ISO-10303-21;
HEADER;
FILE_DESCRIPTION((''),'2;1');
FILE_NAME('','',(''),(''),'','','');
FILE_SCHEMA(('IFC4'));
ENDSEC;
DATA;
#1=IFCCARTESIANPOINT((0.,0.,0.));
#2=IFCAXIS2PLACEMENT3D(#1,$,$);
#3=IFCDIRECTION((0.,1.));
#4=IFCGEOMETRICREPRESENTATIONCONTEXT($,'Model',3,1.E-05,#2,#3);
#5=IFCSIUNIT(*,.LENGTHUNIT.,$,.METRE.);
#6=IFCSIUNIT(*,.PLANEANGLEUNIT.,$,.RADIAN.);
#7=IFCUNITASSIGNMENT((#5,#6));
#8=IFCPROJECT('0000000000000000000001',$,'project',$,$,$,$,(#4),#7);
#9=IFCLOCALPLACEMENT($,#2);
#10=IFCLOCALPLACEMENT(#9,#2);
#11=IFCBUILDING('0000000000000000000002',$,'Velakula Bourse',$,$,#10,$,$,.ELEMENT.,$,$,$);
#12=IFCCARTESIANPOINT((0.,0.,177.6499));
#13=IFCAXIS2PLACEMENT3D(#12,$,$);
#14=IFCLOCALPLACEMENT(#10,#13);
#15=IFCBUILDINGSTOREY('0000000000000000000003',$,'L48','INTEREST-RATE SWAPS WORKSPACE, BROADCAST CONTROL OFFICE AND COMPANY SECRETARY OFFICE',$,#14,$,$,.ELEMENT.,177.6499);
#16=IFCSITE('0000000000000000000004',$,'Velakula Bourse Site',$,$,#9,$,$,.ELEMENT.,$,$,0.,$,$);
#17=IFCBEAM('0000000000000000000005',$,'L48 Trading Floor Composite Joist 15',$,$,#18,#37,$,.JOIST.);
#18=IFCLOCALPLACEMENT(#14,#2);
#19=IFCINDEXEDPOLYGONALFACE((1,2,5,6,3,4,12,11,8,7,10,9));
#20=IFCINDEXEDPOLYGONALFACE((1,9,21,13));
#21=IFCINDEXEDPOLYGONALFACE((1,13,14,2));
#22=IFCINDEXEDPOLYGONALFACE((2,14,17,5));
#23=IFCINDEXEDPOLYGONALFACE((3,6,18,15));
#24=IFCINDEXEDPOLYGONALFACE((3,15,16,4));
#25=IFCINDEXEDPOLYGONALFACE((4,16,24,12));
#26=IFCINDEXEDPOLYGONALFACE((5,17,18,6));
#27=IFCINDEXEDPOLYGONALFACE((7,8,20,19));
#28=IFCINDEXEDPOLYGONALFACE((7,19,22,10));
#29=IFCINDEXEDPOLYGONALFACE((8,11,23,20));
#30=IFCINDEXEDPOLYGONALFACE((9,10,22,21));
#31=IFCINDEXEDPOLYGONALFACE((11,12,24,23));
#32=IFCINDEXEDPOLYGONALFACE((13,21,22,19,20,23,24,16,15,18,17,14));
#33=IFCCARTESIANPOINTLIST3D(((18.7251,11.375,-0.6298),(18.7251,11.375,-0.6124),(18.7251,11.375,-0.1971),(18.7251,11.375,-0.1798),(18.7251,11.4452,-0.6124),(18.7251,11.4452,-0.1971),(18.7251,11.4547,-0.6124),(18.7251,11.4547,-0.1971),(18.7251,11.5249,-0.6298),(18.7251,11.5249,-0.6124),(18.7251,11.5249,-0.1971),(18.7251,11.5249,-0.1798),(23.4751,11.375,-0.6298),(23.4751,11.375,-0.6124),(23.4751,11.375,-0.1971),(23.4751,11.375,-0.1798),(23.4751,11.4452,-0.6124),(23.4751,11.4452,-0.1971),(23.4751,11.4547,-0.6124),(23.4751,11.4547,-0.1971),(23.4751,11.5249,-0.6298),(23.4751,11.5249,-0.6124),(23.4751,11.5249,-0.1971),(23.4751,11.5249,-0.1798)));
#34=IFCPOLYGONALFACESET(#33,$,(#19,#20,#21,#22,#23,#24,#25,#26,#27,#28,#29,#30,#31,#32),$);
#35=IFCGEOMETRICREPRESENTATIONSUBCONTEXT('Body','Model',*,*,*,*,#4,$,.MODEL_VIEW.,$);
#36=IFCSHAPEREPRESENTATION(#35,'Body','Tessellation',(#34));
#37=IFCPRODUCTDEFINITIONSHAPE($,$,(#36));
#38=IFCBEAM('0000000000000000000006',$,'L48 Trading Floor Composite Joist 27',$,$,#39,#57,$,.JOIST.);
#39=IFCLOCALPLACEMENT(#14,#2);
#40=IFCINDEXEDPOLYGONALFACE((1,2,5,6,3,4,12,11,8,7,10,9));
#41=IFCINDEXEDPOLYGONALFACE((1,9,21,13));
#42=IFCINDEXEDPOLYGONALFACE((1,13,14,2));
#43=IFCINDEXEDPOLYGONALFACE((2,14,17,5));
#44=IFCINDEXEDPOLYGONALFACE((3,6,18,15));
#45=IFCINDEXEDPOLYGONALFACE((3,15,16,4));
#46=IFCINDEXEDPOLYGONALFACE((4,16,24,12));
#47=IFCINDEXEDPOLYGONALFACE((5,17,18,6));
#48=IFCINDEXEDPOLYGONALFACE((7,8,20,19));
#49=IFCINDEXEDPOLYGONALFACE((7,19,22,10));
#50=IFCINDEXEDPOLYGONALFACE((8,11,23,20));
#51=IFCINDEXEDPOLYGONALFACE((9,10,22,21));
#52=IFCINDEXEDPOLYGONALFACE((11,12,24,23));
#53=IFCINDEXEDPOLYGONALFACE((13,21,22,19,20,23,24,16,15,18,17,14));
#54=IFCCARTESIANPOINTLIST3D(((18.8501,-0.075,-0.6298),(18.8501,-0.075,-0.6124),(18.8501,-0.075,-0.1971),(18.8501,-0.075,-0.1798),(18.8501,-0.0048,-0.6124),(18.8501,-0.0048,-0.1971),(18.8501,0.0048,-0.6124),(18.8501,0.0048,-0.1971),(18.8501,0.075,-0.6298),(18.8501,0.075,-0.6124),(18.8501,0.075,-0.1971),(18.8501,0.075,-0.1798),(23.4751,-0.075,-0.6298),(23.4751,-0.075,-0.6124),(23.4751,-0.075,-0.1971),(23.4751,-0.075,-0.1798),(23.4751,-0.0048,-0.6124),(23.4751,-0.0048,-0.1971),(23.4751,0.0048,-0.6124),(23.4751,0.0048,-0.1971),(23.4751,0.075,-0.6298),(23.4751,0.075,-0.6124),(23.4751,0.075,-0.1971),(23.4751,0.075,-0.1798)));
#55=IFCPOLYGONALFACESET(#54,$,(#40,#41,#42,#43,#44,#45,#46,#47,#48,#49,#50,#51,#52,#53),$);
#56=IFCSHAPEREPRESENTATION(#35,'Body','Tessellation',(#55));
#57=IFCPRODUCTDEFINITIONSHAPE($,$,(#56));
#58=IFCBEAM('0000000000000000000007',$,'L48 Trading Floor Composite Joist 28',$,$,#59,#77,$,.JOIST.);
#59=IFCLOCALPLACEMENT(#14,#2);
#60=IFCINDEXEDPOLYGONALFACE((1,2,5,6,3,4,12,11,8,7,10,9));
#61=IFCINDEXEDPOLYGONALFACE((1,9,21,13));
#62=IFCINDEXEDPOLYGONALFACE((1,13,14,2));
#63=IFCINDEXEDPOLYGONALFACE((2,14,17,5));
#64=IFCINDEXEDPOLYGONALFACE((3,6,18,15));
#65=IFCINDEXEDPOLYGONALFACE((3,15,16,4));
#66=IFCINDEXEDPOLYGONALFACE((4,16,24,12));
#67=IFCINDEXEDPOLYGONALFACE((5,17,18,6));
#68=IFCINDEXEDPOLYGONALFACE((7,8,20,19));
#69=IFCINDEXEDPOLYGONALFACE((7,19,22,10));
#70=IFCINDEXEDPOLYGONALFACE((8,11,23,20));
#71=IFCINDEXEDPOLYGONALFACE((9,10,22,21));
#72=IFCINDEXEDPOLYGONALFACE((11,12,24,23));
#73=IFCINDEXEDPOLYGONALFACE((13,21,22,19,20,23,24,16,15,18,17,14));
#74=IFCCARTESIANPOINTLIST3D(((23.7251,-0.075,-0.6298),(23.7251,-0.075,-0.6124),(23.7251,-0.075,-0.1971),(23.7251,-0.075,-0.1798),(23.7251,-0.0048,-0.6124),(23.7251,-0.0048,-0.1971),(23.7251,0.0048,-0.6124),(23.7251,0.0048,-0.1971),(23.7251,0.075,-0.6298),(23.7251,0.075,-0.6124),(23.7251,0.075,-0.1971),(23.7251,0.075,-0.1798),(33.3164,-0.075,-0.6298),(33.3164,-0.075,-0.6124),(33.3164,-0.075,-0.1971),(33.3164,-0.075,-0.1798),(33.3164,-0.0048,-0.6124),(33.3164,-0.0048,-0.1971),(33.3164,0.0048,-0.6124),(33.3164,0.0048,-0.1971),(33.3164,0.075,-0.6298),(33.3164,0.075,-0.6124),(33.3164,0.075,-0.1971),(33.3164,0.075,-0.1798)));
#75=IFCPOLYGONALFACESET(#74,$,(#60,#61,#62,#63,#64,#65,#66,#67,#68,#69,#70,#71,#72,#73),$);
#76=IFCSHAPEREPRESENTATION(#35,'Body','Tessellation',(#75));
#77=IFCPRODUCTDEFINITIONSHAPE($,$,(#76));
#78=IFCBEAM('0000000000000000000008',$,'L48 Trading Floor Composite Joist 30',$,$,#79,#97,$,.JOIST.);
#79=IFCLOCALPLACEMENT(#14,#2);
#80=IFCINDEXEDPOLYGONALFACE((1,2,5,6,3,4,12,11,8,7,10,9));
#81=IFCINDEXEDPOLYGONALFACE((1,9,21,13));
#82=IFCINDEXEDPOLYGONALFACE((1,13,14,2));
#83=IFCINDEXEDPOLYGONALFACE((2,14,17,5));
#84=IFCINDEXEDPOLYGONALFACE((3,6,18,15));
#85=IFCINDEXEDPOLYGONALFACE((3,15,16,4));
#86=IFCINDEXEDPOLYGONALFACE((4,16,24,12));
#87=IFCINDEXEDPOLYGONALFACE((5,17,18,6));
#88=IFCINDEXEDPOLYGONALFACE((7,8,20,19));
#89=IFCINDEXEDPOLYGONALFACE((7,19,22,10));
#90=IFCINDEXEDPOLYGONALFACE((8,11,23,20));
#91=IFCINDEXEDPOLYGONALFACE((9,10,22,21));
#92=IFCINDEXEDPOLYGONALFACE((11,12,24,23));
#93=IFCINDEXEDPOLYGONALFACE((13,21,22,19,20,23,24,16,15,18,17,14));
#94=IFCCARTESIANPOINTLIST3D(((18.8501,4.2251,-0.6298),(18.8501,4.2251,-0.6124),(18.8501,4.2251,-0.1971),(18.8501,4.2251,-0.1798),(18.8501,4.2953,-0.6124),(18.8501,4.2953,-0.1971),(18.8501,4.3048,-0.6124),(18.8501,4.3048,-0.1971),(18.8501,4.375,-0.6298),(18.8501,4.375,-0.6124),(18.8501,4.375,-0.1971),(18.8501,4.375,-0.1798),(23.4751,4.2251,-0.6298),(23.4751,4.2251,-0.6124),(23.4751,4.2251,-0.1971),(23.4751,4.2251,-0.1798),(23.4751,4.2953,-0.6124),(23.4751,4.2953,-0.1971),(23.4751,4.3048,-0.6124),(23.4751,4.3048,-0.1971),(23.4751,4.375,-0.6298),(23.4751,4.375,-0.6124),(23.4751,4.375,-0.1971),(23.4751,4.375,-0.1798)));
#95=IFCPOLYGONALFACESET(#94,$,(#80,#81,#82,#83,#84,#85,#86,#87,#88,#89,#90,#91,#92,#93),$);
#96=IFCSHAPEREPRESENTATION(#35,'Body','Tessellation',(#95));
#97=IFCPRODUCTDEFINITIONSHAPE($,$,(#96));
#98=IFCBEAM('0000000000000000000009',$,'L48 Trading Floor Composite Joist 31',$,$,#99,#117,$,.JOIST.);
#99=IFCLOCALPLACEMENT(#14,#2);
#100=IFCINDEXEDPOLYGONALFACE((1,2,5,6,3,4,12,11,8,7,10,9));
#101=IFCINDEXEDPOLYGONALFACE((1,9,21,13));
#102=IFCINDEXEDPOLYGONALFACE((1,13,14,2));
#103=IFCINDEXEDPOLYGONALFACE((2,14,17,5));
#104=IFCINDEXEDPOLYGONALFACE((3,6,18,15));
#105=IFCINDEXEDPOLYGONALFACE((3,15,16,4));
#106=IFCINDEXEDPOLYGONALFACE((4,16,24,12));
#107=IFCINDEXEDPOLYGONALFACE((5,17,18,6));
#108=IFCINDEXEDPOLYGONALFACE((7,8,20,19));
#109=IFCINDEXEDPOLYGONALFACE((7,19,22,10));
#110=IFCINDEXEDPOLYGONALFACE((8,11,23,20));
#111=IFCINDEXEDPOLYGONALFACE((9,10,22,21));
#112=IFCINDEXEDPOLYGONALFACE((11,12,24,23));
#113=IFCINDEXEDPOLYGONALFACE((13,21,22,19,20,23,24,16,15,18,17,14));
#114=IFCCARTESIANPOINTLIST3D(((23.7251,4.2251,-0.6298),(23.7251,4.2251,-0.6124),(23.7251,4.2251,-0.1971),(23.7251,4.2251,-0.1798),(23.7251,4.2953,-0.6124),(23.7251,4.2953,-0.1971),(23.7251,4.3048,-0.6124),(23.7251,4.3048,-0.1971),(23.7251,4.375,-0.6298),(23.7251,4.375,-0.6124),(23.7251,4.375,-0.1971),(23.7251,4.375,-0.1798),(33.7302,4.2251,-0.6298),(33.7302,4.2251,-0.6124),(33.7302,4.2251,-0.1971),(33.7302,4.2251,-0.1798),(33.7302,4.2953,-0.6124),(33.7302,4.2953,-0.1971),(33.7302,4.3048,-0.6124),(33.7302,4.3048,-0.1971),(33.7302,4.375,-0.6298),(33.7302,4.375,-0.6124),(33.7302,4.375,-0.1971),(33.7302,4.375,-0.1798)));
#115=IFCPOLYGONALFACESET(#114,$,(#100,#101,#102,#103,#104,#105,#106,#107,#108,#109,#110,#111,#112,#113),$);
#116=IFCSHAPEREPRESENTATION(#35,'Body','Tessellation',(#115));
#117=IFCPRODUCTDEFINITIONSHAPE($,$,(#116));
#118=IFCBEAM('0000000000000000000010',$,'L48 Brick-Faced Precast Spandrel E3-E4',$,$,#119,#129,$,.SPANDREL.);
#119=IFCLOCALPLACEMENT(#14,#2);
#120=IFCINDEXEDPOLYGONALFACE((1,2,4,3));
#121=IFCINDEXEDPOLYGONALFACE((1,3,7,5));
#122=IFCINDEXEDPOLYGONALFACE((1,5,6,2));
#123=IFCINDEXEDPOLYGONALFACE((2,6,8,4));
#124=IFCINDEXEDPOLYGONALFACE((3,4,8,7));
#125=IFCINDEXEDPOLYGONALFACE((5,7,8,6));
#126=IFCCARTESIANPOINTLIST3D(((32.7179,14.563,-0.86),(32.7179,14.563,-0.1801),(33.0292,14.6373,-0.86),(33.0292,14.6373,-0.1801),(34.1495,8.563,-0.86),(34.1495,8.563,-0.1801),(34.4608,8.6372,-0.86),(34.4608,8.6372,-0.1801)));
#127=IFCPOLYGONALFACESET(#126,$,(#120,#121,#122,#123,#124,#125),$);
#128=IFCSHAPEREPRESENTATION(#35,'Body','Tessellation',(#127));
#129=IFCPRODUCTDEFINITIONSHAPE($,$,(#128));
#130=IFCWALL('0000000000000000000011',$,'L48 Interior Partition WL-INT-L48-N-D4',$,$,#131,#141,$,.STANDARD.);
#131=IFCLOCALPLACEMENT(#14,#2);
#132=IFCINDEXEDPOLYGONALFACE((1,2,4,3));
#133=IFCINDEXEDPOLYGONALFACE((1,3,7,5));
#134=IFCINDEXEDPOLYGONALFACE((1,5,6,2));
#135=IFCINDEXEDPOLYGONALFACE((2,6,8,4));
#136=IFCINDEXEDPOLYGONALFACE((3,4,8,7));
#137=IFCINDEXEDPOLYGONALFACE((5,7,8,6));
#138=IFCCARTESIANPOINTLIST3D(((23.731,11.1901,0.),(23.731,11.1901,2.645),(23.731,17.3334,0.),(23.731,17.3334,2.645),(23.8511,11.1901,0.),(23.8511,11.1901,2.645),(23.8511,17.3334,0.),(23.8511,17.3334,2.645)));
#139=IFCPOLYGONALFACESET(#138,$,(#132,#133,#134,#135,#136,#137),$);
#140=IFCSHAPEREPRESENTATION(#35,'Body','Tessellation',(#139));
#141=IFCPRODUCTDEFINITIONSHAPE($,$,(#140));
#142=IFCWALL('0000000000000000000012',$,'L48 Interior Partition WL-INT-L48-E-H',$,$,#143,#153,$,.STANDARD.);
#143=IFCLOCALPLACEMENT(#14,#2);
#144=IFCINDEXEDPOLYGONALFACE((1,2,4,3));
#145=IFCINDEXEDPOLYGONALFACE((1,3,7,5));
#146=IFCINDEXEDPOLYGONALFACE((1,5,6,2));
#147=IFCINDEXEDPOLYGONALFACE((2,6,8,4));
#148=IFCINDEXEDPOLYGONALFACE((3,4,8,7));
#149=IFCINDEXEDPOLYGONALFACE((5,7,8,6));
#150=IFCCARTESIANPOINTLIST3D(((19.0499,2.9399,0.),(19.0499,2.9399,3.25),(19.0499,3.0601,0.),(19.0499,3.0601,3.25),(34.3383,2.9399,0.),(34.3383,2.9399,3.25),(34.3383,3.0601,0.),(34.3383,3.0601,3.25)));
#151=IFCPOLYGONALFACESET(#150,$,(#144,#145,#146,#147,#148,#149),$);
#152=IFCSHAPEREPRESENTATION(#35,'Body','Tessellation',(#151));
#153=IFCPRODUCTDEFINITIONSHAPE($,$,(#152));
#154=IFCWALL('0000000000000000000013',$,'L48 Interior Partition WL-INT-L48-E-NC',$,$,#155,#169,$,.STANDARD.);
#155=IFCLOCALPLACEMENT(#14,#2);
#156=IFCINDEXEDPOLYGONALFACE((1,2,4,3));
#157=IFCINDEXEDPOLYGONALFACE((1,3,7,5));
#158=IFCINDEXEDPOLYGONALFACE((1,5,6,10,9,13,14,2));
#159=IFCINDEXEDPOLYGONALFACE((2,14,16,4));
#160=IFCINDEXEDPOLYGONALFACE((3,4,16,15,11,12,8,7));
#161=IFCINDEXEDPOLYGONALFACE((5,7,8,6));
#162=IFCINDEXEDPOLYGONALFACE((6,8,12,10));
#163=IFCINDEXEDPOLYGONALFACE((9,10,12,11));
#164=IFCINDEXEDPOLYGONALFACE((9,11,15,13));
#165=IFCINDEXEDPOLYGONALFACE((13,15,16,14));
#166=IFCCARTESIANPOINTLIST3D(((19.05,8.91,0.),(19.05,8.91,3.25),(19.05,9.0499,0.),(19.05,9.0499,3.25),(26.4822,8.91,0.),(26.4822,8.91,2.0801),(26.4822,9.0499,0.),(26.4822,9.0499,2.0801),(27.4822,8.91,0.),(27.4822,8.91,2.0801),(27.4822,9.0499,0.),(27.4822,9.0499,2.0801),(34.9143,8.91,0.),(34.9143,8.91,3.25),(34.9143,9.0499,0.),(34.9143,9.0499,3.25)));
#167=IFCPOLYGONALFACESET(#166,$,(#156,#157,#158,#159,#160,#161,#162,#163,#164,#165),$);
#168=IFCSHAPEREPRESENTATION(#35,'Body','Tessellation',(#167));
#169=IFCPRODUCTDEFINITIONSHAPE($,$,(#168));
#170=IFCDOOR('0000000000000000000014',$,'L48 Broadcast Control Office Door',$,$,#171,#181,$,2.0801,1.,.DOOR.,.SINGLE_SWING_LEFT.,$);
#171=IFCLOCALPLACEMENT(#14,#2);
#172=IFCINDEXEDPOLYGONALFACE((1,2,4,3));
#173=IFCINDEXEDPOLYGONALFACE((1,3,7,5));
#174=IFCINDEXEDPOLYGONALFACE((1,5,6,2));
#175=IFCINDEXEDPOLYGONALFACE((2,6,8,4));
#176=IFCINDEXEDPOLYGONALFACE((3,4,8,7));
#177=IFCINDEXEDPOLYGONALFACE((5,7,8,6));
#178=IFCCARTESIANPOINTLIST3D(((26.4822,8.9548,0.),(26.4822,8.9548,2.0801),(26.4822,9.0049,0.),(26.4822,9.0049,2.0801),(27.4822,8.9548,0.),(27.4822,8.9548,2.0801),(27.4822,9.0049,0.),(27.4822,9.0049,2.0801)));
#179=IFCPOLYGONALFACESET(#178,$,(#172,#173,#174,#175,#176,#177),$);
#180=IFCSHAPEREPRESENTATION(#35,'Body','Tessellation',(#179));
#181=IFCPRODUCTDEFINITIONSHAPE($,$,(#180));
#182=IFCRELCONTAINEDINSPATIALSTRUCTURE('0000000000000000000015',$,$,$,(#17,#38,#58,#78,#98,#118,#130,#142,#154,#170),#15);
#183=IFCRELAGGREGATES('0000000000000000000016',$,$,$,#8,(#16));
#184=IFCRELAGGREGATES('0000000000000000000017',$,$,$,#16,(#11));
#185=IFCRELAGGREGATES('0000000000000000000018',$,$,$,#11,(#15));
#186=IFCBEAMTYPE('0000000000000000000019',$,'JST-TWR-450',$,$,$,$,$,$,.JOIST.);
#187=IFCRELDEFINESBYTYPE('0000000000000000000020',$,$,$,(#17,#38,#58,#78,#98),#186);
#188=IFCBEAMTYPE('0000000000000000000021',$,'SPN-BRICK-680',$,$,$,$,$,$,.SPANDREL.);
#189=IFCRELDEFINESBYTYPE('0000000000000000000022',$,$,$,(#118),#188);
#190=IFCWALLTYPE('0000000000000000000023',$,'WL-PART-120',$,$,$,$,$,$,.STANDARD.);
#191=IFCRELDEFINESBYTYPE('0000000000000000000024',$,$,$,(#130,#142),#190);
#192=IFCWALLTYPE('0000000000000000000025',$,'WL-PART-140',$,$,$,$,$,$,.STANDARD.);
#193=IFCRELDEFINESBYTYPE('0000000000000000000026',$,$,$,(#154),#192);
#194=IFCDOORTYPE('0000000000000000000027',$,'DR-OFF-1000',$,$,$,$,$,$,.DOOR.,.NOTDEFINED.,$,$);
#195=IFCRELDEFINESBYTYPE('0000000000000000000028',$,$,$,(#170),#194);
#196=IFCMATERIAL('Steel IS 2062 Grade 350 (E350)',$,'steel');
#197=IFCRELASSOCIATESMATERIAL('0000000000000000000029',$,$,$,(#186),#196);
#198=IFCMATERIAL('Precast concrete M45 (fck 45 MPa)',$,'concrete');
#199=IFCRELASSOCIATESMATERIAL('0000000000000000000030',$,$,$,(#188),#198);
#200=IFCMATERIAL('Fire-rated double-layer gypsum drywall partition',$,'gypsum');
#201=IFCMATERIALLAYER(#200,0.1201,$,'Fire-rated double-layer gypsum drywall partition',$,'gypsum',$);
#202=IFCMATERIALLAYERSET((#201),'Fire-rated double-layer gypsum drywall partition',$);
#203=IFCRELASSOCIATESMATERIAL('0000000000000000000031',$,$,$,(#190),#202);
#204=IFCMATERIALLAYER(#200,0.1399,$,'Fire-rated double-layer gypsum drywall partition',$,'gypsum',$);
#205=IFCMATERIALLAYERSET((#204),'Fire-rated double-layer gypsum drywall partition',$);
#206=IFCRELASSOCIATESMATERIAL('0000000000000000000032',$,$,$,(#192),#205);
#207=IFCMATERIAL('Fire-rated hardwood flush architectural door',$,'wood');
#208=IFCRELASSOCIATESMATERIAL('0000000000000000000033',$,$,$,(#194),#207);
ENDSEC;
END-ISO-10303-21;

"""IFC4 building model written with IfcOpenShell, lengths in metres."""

from ifc_helpers import new_model, si_unit, direction, frame, frame_2d, origin, origin_2d, place, context, subcontext, project, spatial, rectangle, i_section, extrude, material, layer, layer_set, material_profile, profile_set, type_object, element, fill, save


model = new_model("IFC4")

# Units and contexts
model_context = context("Model", 3, precision=1e-05, world=origin(), true_north=direction((0.0, 1.0)))
body_context = subcontext(model_context, "Body", "Model", "MODEL_VIEW")
ifc_project = project(units=[si_unit("LENGTHUNIT", "METRE"), si_unit("PLANEANGLEUNIT", "RADIAN")], contexts=[model_context])

# Site, building, storey
site_placement = place(None, origin())
site = spatial("IfcSite", under=ifc_project, at=site_placement, Name="Velakula Bourse Site", CompositionType="ELEMENT", RefElevation=0.0)
building_placement = place(site_placement, origin())
building = spatial("IfcBuilding", under=site, at=building_placement, Name="Velakula Bourse", CompositionType="ELEMENT")
storey_placement = place(building_placement, frame((0.0, 0.0, 177.6499)))
storey = spatial("IfcBuildingStorey", under=building, at=storey_placement, Name="L48", Description="INTEREST-RATE SWAPS WORKSPACE, BROADCAST CONTROL OFFICE AND COMPANY SECRETARY OFFICE", CompositionType="ELEMENT", Elevation=177.6499)

# Shared definitions
ifc_material_1 = material(Name="Steel IS 2062 Grade 350 (E350)", Category="steel")

# Beams
ifc_material_profile_1 = material_profile(ifc_material_1, i_section(OverallWidth=0.1499, OverallDepth=0.45, WebThickness=0.0095, FlangeThickness=0.0173, at=origin_2d()), Name="Steel IS 2062 Grade 350 (E350)")
ifc_profile_set_1 = profile_set([ifc_material_profile_1], Name="Steel IS 2062 Grade 350 (E350)")
beam_type_1 = type_object("IfcBeamType", Name="JST-TWR-450", PredefinedType="JOIST", material=ifc_profile_set_1)
beam_1_placement = place(storey_placement, frame((18.7251, 11.45, -0.4048), z_axis=(1.0, 0.0, 0.0), x_axis=(0.0, 1.0, 0.0)))
element("IfcBeam", 1, at=beam_1_placement, inside=storey, type_object=beam_type_1, Name="L48 Trading Floor Composite Joist 15", PredefinedType="JOIST", context=body_context, shape_type="SweptSolid", body=[
    extrude(i_section(OverallWidth=0.1499, OverallDepth=0.45, WebThickness=0.0095, FlangeThickness=0.0173, at=origin_2d()), origin(), (0.0, 0.0, 1.0), 4.75),
])
beam_2_placement = place(storey_placement, frame((18.8501, 0.0, -0.4048), z_axis=(1.0, 0.0, 0.0), x_axis=(0.0, 1.0, 0.0)))
element("IfcBeam", 2, at=beam_2_placement, inside=storey, type_object=beam_type_1, Name="L48 Trading Floor Composite Joist 27", PredefinedType="JOIST", context=body_context, shape_type="SweptSolid", body=[
    extrude(i_section(OverallWidth=0.1499, OverallDepth=0.45, WebThickness=0.0095, FlangeThickness=0.0173, at=origin_2d()), origin(), (0.0, 0.0, 1.0), 4.625),
])
beam_3_placement = place(storey_placement, frame((23.7251, 0.0, -0.4048), z_axis=(1.0, 0.0, 0.0), x_axis=(0.0, 1.0, 0.0)))
element("IfcBeam", 3, at=beam_3_placement, inside=storey, type_object=beam_type_1, Name="L48 Trading Floor Composite Joist 28", PredefinedType="JOIST", context=body_context, shape_type="SweptSolid", body=[
    extrude(i_section(OverallWidth=0.1499, OverallDepth=0.45, WebThickness=0.0095, FlangeThickness=0.0173, at=origin_2d()), origin(), (0.0, 0.0, 1.0), 9.5913),
])
beam_4_placement = place(storey_placement, frame((18.8501, 4.3, -0.4048), z_axis=(1.0, 0.0, 0.0), x_axis=(0.0, 1.0, 0.0)))
element("IfcBeam", 4, at=beam_4_placement, inside=storey, type_object=beam_type_1, Name="L48 Trading Floor Composite Joist 30", PredefinedType="JOIST", context=body_context, shape_type="SweptSolid", body=[
    extrude(i_section(OverallWidth=0.1499, OverallDepth=0.45, WebThickness=0.0095, FlangeThickness=0.0173, at=origin_2d()), origin(), (0.0, 0.0, 1.0), 4.625),
])
beam_5_placement = place(storey_placement, frame((23.7251, 4.3, -0.4048), z_axis=(1.0, 0.0, 0.0), x_axis=(0.0, 1.0, 0.0)))
element("IfcBeam", 5, at=beam_5_placement, inside=storey, type_object=beam_type_1, Name="L48 Trading Floor Composite Joist 31", PredefinedType="JOIST", context=body_context, shape_type="SweptSolid", body=[
    extrude(i_section(OverallWidth=0.1499, OverallDepth=0.45, WebThickness=0.0095, FlangeThickness=0.0173, at=origin_2d()), origin(), (0.0, 0.0, 1.0), 10.0051),
])
ifc_material_2 = material(Name="Precast concrete M45 (fck 45 MPa)", Category="concrete")
ifc_material_profile_2 = material_profile(ifc_material_2, rectangle(XDim=0.3201, YDim=0.6799, at=origin_2d()), Name="Precast concrete M45 (fck 45 MPa)")
ifc_profile_set_2 = profile_set([ifc_material_profile_2], Name="Precast concrete M45 (fck 45 MPa)")
beam_type_2 = type_object("IfcBeamType", Name="SPN-BRICK-680", PredefinedType="SPANDREL", material=ifc_profile_set_2)
beam_6_placement = place(storey_placement, frame((34.3052, 8.6001, -0.52), z_axis=(-0.232091, 0.972694, 0.0), x_axis=(-0.972694, -0.232091, 0.0)))
element("IfcBeam", 6, at=beam_6_placement, inside=storey, type_object=beam_type_2, Name="L48 Brick-Faced Precast Spandrel E3-E4", PredefinedType="SPANDREL", context=body_context, shape_type="SweptSolid", body=[
    extrude(rectangle(XDim=0.3201, YDim=0.6799, at=origin_2d()), origin(), (0.0, 0.0, 1.0), 6.1685),
])

# Walls
ifc_material_3 = material(Name="Fire-rated double-layer gypsum drywall partition", Category="gypsum")
ifc_layer_1 = layer(ifc_material_3, 0.1201, Name="Fire-rated double-layer gypsum drywall partition", Category="gypsum")
ifc_layer_set_1 = layer_set([ifc_layer_1], Name="Fire-rated double-layer gypsum drywall partition")
wall_type_1 = type_object("IfcWallType", Name="WL-PART-120", PredefinedType="STANDARD", material=ifc_layer_set_1)
wall_1_placement = place(storey_placement, frame((23.791, 11.1899, 0.0), z_axis=(0.0, 0.0, 1.0), x_axis=(0.0, 1.0, 0.0)))
element("IfcWall", 7, at=wall_1_placement, inside=storey, type_object=wall_type_1, Name="L48 Interior Partition WL-INT-L48-N-D4", PredefinedType="STANDARD", context=body_context, shape_type="SweptSolid", body=[
    extrude(rectangle(XDim=6.1433, YDim=0.1201, at=frame_2d((3.0718, 0.0))), origin(), (0.0, 0.0, 1.0), 2.645),
])
wall_2_placement = place(storey_placement, frame((19.05, 3.0, 0.0), z_axis=(0.0, 0.0, 1.0), x_axis=(1.0, 0.0, 0.0)))
element("IfcWall", 8, at=wall_2_placement, inside=storey, type_object=wall_type_1, Name="L48 Interior Partition WL-INT-L48-E-H", PredefinedType="STANDARD", context=body_context, shape_type="SweptSolid", body=[
    extrude(rectangle(XDim=15.2883, YDim=0.1201, at=frame_2d((7.644, 0.0))), origin(), (0.0, 0.0, 1.0), 3.25),
])

# Wall, opening, door
ifc_layer_2 = layer(ifc_material_3, 0.1399, Name="Fire-rated double-layer gypsum drywall partition", Category="gypsum")
ifc_layer_set_2 = layer_set([ifc_layer_2], Name="Fire-rated double-layer gypsum drywall partition")
wall_type_2 = type_object("IfcWallType", Name="WL-PART-140", PredefinedType="STANDARD", material=ifc_layer_set_2)
wall_3_placement = place(storey_placement, frame((19.05, 8.98, 0.0), z_axis=(0.0, 0.0, 1.0), x_axis=(1.0, 0.0, 0.0)))
wall_3 = element("IfcWall", 9, at=wall_3_placement, inside=storey, type_object=wall_type_2, Name="L48 Interior Partition WL-INT-L48-E-NC", PredefinedType="STANDARD", context=body_context, shape_type="SweptSolid", body=[
    extrude(rectangle(XDim=15.8643, YDim=0.1399, at=frame_2d((7.9321, 0.0))), origin(), (0.0, 0.0, 1.0), 3.25),
])
opening_placement = place(wall_3_placement, frame((7.4321, 0.0, 0.0)))
opening = element("IfcOpeningElement", 10, at=opening_placement, cuts=wall_3, PredefinedType="OPENING", context=body_context, shape_type="SweptSolid", body=[
    extrude(rectangle(XDim=1.0, YDim=2.0801, at=frame_2d((0.5, 1.04))), frame((0.0, 0.0798, 0.0), z_axis=(0.0, -1.0, 0.0), x_axis=(1.0, 0.0, 0.0)), (0.0, 0.0, 1.0), 0.1599),
])
ifc_material_4 = material(Name="Fire-rated hardwood flush architectural door", Category="wood")
door_type = type_object("IfcDoorType", Name="DR-OFF-1000", OperationType="NOTDEFINED", PredefinedType="DOOR", material=ifc_material_4)
door_placement = place(opening_placement, origin())
door = element("IfcDoor", 11, at=door_placement, inside=storey, type_object=door_type, Name="L48 Broadcast Control Office Door", OperationType="SINGLE_SWING_LEFT", OverallHeight=2.0801, OverallWidth=1.0, PredefinedType="DOOR", context=body_context, shape_type="SweptSolid", body=[
    extrude(rectangle(XDim=1.0, YDim=2.0801, at=frame_2d((0.5, 1.04))), frame((0.0, 0.0249, 0.0), z_axis=(0.0, -1.0, 0.0), x_axis=(1.0, 0.0, 0.0)), (0.0, 0.0, 1.0), 0.05),
])
fill(opening, door)

save(model, "model.ifc")
